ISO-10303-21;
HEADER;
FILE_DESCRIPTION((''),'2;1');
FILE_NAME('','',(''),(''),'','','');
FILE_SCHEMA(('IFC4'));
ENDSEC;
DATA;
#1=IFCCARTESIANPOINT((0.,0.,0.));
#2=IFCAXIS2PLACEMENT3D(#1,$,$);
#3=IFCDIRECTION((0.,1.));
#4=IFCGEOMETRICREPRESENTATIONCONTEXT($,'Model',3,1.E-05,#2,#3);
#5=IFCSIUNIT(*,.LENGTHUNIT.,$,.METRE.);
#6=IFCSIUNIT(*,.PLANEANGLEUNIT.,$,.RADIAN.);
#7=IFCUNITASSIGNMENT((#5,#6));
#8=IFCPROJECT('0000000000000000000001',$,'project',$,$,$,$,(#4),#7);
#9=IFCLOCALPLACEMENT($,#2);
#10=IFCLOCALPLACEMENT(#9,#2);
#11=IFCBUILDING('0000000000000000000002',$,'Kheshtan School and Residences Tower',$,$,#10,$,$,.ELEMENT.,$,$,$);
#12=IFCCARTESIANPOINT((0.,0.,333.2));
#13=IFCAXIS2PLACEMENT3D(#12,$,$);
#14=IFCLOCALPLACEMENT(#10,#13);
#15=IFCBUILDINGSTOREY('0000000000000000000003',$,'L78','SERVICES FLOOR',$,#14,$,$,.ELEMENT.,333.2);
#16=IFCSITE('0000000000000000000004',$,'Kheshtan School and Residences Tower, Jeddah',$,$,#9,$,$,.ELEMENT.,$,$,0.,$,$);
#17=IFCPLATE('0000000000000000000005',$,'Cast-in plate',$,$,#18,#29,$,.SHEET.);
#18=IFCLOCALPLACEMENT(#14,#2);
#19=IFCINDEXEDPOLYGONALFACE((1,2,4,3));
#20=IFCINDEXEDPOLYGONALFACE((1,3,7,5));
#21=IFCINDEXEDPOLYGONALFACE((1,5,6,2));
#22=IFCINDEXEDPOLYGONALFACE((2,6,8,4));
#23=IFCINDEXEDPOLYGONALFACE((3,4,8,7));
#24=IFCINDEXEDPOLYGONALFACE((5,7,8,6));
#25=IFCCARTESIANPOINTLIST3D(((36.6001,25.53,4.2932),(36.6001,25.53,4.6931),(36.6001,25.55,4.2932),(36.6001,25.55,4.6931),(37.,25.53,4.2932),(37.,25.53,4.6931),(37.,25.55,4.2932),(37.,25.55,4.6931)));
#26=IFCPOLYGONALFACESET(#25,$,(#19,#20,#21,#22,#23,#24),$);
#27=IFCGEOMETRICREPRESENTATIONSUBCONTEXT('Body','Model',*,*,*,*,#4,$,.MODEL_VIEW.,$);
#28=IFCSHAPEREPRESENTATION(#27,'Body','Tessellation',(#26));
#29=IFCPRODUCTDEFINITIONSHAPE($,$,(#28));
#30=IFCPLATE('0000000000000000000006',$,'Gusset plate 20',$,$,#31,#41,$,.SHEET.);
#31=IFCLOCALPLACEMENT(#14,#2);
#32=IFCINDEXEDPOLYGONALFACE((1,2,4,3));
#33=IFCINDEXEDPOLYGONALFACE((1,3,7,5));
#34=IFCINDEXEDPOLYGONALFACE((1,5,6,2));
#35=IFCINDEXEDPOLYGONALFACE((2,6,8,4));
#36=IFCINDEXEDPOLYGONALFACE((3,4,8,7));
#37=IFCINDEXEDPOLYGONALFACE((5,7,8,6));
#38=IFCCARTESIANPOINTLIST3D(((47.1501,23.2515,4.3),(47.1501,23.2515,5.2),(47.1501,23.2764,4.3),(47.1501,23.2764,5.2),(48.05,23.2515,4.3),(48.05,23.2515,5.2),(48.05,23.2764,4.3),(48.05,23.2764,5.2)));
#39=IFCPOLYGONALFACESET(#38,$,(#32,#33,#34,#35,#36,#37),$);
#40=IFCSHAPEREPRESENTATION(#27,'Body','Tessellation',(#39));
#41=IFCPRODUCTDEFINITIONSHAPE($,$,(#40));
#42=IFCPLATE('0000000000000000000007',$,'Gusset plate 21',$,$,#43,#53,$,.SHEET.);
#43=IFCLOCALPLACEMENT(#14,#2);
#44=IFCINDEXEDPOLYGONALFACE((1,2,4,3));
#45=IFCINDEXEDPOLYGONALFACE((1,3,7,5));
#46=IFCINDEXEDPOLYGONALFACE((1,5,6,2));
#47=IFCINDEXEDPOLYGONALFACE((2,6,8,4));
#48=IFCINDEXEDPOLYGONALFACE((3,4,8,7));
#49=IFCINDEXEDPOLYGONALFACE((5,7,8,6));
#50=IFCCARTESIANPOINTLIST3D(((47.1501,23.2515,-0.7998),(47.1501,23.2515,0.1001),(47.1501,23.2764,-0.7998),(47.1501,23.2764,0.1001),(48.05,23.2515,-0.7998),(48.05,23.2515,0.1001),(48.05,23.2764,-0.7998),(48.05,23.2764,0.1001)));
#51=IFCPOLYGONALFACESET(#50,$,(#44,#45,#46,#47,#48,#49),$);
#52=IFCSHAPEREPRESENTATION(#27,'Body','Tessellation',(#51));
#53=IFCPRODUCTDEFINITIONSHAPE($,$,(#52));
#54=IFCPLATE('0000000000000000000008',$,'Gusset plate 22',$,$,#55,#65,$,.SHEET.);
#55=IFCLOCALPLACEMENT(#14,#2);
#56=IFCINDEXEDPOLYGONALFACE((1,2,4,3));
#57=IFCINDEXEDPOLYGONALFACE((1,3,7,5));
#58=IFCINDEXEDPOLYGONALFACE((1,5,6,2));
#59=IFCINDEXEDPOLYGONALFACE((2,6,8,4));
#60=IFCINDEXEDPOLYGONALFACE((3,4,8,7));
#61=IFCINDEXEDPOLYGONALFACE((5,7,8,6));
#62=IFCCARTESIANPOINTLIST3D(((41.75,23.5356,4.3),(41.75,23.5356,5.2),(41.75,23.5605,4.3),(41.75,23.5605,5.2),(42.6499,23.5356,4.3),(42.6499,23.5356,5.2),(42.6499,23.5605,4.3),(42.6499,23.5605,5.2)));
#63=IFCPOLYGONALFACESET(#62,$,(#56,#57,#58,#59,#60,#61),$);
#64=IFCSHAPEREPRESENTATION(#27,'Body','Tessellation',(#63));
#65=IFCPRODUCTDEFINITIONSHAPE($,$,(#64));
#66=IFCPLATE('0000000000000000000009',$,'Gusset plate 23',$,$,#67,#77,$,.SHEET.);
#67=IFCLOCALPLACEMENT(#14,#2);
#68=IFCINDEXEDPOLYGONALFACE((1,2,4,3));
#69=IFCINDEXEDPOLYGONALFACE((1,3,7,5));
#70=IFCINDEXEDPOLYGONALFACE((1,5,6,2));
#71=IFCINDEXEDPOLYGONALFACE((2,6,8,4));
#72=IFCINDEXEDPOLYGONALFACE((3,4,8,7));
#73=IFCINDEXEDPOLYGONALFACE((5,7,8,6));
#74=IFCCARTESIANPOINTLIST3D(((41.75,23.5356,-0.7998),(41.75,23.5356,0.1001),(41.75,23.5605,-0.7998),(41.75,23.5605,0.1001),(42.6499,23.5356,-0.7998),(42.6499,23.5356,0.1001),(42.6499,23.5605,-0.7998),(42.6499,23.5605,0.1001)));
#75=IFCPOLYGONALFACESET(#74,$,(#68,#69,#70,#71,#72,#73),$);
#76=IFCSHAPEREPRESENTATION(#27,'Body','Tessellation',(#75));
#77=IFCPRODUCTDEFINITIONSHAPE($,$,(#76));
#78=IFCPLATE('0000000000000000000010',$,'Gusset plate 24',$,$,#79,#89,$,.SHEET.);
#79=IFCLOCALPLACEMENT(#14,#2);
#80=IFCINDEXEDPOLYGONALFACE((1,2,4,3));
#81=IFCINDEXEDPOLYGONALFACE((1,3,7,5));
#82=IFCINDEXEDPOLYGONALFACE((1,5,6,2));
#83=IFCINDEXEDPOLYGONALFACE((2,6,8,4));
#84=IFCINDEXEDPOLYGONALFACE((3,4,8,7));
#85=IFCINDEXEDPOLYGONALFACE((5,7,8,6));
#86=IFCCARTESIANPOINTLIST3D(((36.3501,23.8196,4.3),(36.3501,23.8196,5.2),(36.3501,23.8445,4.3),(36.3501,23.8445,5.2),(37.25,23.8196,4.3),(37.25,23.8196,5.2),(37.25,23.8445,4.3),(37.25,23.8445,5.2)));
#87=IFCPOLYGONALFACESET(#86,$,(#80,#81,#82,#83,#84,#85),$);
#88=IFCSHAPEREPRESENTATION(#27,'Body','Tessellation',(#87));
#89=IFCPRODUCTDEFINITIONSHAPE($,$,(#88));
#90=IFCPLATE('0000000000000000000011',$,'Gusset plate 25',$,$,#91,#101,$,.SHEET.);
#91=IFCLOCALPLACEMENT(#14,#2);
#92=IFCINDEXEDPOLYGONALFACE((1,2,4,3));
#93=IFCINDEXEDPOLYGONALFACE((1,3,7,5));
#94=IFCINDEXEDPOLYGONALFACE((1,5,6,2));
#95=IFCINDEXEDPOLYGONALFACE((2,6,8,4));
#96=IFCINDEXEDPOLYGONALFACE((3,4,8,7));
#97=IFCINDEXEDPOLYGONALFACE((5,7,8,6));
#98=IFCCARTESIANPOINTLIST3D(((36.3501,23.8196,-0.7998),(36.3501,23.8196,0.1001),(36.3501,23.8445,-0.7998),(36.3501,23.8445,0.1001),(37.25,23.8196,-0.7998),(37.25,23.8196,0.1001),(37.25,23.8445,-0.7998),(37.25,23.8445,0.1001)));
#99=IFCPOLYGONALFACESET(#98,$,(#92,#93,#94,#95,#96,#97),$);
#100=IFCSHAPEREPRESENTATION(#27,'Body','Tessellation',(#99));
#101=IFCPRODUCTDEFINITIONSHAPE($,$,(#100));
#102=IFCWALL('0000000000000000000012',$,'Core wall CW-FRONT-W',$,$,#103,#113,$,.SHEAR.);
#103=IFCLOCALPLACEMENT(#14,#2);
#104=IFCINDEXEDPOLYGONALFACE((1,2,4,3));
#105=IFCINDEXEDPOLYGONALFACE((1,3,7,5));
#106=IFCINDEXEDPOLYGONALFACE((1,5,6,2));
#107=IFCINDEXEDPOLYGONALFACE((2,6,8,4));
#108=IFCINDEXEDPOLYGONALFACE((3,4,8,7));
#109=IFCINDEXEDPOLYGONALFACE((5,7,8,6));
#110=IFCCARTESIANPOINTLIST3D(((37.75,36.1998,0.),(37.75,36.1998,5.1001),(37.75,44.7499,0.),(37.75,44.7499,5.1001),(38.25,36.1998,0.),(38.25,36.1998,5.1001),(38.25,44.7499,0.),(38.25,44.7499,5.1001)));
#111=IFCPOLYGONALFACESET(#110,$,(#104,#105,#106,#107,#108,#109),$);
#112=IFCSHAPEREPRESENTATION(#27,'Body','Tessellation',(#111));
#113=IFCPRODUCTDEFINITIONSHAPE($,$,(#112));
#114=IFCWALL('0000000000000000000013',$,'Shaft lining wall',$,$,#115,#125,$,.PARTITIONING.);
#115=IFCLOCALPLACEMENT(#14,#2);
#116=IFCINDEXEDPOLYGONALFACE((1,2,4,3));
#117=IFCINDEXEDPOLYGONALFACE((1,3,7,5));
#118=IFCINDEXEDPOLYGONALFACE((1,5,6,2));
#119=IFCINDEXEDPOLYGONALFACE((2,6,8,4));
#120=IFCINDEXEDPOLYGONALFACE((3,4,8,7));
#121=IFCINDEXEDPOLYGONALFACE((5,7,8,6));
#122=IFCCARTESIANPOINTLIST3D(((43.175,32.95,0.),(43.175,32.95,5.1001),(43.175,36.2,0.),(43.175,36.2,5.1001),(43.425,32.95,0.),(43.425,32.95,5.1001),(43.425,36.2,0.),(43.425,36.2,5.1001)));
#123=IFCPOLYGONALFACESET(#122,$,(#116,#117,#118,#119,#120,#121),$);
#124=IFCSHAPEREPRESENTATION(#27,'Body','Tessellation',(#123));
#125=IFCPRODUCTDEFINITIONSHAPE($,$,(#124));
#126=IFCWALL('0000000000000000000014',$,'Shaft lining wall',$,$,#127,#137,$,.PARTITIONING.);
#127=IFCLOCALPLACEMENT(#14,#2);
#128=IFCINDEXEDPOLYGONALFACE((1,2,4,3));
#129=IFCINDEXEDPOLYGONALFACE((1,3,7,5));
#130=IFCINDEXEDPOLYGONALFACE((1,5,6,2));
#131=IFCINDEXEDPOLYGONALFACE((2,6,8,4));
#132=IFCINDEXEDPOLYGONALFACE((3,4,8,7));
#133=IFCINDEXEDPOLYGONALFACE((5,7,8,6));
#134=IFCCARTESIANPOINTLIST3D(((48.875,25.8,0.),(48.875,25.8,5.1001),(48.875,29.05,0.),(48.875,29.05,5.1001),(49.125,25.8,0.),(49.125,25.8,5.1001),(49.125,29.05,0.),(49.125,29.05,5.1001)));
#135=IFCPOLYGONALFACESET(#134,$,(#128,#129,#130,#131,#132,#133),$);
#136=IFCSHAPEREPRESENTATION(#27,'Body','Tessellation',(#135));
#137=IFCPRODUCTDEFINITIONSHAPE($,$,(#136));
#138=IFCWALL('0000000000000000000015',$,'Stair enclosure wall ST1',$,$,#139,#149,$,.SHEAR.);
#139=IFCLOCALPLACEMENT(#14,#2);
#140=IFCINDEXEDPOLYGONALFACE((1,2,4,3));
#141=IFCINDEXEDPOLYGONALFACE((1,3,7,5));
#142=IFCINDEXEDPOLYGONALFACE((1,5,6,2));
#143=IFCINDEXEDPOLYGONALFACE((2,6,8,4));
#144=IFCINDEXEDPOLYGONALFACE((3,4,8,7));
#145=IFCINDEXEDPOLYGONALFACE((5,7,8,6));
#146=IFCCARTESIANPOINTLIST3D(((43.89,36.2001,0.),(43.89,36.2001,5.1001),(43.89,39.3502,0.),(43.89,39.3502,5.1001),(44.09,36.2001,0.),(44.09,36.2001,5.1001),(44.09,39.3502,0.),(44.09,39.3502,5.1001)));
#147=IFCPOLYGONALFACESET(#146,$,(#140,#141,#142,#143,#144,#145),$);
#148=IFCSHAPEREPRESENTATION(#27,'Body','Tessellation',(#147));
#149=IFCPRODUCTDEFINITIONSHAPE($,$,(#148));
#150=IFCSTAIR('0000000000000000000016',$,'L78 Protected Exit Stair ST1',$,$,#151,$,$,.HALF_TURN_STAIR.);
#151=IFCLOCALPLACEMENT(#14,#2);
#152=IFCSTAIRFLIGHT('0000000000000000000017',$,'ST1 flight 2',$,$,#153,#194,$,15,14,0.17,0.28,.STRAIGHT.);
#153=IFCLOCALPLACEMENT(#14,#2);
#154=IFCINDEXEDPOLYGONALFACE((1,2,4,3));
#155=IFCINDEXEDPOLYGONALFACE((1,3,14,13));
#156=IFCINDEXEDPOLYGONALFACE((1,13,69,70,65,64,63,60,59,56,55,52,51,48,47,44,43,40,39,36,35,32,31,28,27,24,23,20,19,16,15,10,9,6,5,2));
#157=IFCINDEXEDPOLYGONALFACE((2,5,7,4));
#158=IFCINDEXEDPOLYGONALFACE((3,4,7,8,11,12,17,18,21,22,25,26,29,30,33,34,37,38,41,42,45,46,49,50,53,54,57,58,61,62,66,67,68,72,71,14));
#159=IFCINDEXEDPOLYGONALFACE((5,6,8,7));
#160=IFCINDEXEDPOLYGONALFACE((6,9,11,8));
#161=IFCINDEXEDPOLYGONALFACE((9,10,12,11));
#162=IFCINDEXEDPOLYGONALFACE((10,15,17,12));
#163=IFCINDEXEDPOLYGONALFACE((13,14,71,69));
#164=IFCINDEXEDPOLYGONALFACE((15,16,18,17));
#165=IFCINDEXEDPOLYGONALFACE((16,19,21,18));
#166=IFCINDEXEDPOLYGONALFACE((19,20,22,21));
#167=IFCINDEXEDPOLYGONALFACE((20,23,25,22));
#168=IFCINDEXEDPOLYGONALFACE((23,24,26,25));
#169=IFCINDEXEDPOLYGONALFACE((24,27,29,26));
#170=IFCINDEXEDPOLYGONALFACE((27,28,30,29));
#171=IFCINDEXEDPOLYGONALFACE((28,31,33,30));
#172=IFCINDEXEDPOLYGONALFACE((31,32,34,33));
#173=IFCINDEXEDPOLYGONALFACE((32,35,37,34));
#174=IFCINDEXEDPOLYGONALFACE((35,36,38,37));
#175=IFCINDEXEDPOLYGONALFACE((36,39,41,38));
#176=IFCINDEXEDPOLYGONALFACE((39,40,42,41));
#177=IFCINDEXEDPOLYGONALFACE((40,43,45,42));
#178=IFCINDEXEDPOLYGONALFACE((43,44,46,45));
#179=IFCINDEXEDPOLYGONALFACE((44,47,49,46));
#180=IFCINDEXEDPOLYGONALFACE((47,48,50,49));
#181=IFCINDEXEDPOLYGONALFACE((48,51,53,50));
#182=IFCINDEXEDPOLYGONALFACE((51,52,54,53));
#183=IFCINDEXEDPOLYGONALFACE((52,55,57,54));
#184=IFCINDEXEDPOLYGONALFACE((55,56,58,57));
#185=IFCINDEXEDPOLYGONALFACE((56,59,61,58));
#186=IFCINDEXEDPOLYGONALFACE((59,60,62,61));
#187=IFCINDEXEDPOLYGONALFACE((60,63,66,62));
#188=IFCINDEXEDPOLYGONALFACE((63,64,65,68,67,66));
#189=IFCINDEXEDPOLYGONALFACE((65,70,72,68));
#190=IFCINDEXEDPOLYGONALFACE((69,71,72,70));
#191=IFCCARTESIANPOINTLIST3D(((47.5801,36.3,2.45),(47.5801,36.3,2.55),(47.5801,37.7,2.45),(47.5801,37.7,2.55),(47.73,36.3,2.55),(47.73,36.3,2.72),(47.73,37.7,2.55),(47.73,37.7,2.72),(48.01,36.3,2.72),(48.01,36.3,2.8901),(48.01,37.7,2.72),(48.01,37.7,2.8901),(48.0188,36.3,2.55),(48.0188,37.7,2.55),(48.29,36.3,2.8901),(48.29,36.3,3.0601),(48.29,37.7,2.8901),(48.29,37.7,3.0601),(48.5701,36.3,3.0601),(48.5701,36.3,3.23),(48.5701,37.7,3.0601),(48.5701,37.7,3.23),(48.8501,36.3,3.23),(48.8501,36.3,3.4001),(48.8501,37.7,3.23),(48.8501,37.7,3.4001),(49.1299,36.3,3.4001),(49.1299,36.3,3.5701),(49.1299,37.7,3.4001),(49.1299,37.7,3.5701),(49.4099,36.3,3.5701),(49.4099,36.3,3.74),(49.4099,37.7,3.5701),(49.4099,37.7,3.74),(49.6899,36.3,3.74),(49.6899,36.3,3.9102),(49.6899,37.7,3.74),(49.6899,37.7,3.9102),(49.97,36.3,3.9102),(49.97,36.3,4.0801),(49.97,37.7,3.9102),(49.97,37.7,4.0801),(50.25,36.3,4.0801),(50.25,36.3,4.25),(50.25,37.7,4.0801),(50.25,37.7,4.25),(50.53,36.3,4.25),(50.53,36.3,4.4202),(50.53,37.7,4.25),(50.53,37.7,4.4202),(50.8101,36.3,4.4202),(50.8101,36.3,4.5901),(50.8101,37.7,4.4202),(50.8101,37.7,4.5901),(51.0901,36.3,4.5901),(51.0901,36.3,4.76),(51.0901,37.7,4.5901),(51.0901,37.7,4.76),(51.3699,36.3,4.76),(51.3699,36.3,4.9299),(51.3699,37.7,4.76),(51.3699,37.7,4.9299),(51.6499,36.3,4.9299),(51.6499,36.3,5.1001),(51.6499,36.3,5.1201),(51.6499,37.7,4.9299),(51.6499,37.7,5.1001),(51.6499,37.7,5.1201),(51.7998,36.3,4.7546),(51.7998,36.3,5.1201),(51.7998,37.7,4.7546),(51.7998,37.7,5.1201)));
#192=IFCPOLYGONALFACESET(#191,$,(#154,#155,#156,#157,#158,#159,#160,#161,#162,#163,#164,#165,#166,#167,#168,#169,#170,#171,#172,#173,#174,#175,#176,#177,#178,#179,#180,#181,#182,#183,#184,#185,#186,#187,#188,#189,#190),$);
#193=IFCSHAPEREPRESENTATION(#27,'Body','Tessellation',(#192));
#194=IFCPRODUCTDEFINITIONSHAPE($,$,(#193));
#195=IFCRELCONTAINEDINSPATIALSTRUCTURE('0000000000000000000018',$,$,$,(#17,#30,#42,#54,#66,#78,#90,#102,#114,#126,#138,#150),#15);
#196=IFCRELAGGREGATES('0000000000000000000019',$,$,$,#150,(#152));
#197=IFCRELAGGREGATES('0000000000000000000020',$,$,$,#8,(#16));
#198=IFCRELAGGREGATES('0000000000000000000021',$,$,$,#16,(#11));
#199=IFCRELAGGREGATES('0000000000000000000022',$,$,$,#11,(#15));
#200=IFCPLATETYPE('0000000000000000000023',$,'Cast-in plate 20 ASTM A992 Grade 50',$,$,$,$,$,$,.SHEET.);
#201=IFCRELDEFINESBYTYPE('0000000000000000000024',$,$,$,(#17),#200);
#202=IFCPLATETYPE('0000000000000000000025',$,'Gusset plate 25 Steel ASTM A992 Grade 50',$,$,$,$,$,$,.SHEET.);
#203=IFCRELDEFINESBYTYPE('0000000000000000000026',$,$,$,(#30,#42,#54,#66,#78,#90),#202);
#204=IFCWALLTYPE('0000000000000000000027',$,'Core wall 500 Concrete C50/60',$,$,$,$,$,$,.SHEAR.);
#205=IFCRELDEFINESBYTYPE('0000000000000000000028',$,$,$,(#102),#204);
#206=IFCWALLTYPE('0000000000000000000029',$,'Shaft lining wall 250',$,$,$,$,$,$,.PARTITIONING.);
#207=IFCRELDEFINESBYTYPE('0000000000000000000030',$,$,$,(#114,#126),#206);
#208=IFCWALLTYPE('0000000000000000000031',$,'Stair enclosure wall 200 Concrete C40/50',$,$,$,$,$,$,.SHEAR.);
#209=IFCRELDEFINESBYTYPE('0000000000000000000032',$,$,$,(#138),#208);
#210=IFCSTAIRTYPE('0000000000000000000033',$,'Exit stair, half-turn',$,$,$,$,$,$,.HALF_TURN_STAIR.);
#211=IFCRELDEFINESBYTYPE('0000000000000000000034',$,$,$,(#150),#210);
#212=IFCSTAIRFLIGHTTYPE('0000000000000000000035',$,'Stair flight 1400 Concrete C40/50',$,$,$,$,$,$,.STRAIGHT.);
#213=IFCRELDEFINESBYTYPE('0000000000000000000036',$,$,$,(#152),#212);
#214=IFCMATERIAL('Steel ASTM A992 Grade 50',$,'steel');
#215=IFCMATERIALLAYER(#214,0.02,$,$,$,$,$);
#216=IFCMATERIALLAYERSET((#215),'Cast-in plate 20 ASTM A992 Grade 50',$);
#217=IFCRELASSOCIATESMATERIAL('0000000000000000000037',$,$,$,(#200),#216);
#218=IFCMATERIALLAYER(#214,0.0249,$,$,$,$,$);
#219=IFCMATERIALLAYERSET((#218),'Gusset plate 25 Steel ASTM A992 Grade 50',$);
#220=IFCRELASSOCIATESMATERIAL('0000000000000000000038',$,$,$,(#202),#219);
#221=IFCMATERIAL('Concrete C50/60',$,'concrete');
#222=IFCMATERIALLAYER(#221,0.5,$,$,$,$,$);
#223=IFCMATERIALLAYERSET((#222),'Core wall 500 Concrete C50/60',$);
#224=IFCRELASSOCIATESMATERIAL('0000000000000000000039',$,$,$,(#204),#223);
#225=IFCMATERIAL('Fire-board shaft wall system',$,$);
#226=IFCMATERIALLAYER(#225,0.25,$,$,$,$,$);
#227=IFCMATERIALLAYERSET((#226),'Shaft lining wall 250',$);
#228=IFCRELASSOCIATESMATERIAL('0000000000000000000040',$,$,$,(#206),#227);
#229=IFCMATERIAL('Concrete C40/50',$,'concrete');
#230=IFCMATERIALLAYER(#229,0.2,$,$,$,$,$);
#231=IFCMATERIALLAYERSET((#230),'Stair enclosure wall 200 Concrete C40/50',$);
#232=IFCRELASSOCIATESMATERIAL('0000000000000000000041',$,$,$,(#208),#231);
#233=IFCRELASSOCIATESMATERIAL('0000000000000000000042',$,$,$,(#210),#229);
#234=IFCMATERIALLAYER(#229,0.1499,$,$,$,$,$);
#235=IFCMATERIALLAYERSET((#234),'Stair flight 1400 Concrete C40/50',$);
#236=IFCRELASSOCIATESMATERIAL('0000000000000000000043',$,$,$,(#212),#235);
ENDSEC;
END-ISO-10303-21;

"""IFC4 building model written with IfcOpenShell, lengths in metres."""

from ifc_helpers import new_model, si_unit, direction, frame, frame_2d, origin, origin_2d, place, context, subcontext, project, spatial, polyline, rectangle, outline, extrude, material, layer, layer_set, type_object, element, aggregate, save


model = new_model("IFC4")

# Units and contexts
model_context = context("Model", 3, precision=1e-05, world=origin(), true_north=direction((0.0, 1.0)))
body_context = subcontext(model_context, "Body", "Model", "MODEL_VIEW")
ifc_project = project(units=[si_unit("LENGTHUNIT", "METRE"), si_unit("PLANEANGLEUNIT", "RADIAN")], contexts=[model_context])

# Site, building, storey
site_placement = place(None, origin())
site = spatial("IfcSite", under=ifc_project, at=site_placement, Name="Kheshtan School and Residences Tower, Jeddah", CompositionType="ELEMENT", RefElevation=0.0)
building_placement = place(site_placement, origin())
building = spatial("IfcBuilding", under=site, at=building_placement, Name="Kheshtan School and Residences Tower", CompositionType="ELEMENT")
storey_placement = place(building_placement, frame((0.0, 0.0, 333.2)))
storey = spatial("IfcBuildingStorey", under=building, at=storey_placement, Name="L78", Description="SERVICES FLOOR", CompositionType="ELEMENT", Elevation=333.2)

# Shared definitions
ifc_material_1 = material(Name="Steel ASTM A992 Grade 50", Category="steel")

# Plates
ifc_layer_1 = layer(ifc_material_1, 0.02)
ifc_layer_set_1 = layer_set([ifc_layer_1], Name="Cast-in plate 20 ASTM A992 Grade 50")
plate_type_1 = type_object("IfcPlateType", Name="Cast-in plate 20 ASTM A992 Grade 50", PredefinedType="SHEET", material=ifc_layer_set_1)
plate_placement = place(storey_placement, frame((36.8, 25.54, 4.2932), z_axis=(0.0, 0.0, 1.0), x_axis=(1.0, 0.0, 0.0)))
element("IfcPlate", 1, at=plate_placement, inside=storey, type_object=plate_type_1, Name="Cast-in plate", PredefinedType="SHEET", context=body_context, shape_type="SweptSolid", body=[
    extrude(rectangle(XDim=0.3999, YDim=0.02, at=origin_2d()), origin(), (0.0, 0.0, 1.0), 0.3999),
])
ifc_layer_2 = layer(ifc_material_1, 0.0249)
ifc_layer_set_2 = layer_set([ifc_layer_2], Name="Gusset plate 25 Steel ASTM A992 Grade 50")
plate_type_2 = type_object("IfcPlateType", Name="Gusset plate 25 Steel ASTM A992 Grade 50", PredefinedType="SHEET", material=ifc_layer_set_2)
for number, where, z_axis, x_axis, name in (
    (2, (47.6001, 23.2639, 4.3), (0.0, 0.0, 1.0), (1.0, 0.0, 0.0), "Gusset plate 20"),
    (3, (47.6001, 23.2639, -0.7998), (0.0, 0.0, 1.0), (1.0, 0.0, 0.0), "Gusset plate 21"),
    (4, (42.2, 23.5481, 4.3), (0.0, 0.0, 1.0), (1.0, 0.0, 0.0), "Gusset plate 22"),
    (5, (42.2, 23.5481, -0.7998), (0.0, 0.0, 1.0), (1.0, 0.0, 0.0), "Gusset plate 23"),
    (6, (36.8, 23.832, 4.3), (0.0, 0.0, 1.0), (1.0, 0.0, 0.0), "Gusset plate 24"),
    (7, (36.8, 23.832, -0.7998), (0.0, 0.0, 1.0), (1.0, 0.0, 0.0), "Gusset plate 25"),
):
    element("IfcPlate", number, at=place(storey_placement, frame(where, z_axis=z_axis, x_axis=x_axis)), inside=storey, type_object=plate_type_2, Name=name, PredefinedType="SHEET", context=body_context, shape_type="SweptSolid", body=[
        extrude(rectangle(XDim=0.8999, YDim=0.0249, at=origin_2d()), origin(), (0.0, 0.0, 1.0), 0.8999),
    ])

# Walls
ifc_material_2 = material(Name="Concrete C50/60", Category="concrete")
ifc_layer_3 = layer(ifc_material_2, 0.5)
ifc_layer_set_3 = layer_set([ifc_layer_3], Name="Core wall 500 Concrete C50/60")
wall_type_1 = type_object("IfcWallType", Name="Core wall 500 Concrete C50/60", PredefinedType="SHEAR", material=ifc_layer_set_3)
wall_1_placement = place(storey_placement, frame((38.0, 36.2, 0.0), z_axis=(0.0, 0.0, 1.0), x_axis=(0.0, 1.0, 0.0)))
element("IfcWall", 8, at=wall_1_placement, inside=storey, type_object=wall_type_1, Name="Core wall CW-FRONT-W", PredefinedType="SHEAR", context=body_context, shape_type="SweptSolid", body=[
    extrude(rectangle(XDim=8.55, YDim=0.5, at=frame_2d((4.2749, 0.0))), origin(), (0.0, 0.0, 1.0), 5.1001),
])
ifc_material_3 = material(Name="Fire-board shaft wall system")
ifc_layer_4 = layer(ifc_material_3, 0.25)
ifc_layer_set_4 = layer_set([ifc_layer_4], Name="Shaft lining wall 250")
wall_type_2 = type_object("IfcWallType", Name="Shaft lining wall 250", PredefinedType="PARTITIONING", material=ifc_layer_set_4)
for number, where, z_axis, x_axis, name in (
    (9, (43.3, 32.95, 0.0), (0.0, 0.0, 1.0), (0.0, 1.0, 0.0), "Shaft lining wall"),
    (10, (49.0, 25.8, 0.0), (0.0, 0.0, 1.0), (0.0, 1.0, 0.0), "Shaft lining wall"),
):
    element("IfcWall", number, at=place(storey_placement, frame(where, z_axis=z_axis, x_axis=x_axis)), inside=storey, type_object=wall_type_2, Name=name, PredefinedType="PARTITIONING", context=body_context, shape_type="SweptSolid", body=[
        extrude(rectangle(XDim=3.25, YDim=0.25, at=frame_2d((1.625, 0.0))), origin(), (0.0, 0.0, 1.0), 5.1001),
    ])
ifc_material_4 = material(Name="Concrete C40/50", Category="concrete")
ifc_layer_5 = layer(ifc_material_4, 0.2)
ifc_layer_set_5 = layer_set([ifc_layer_5], Name="Stair enclosure wall 200 Concrete C40/50")
wall_type_3 = type_object("IfcWallType", Name="Stair enclosure wall 200 Concrete C40/50", PredefinedType="SHEAR", material=ifc_layer_set_5)
wall_2_placement = place(storey_placement, frame((43.99, 36.2, 0.0), z_axis=(0.0, 0.0, 1.0), x_axis=(0.0, 1.0, 0.0)))
element("IfcWall", 11, at=wall_2_placement, inside=storey, type_object=wall_type_3, Name="Stair enclosure wall ST1", PredefinedType="SHEAR", context=body_context, shape_type="SweptSolid", body=[
    extrude(rectangle(XDim=3.1501, YDim=0.2, at=frame_2d((1.5752, 0.0))), origin(), (0.0, 0.0, 1.0), 5.1001),
])

# Stair, stair flight
stair_type = type_object("IfcStairType", Name="Exit stair, half-turn", PredefinedType="HALF_TURN_STAIR", material=ifc_material_4)
stair_placement = place(storey_placement, origin())
stair = element("IfcStair", 12, at=stair_placement, inside=storey, type_object=stair_type, Name="L78 Protected Exit Stair ST1", PredefinedType="HALF_TURN_STAIR")
ifc_layer_6 = layer(ifc_material_4, 0.1499)
ifc_layer_set_6 = layer_set([ifc_layer_6], Name="Stair flight 1400 Concrete C40/50")
stair_flight_type = type_object("IfcStairFlightType", Name="Stair flight 1400 Concrete C40/50", PredefinedType="STRAIGHT", material=ifc_layer_set_6)
stair_flight_placement = place(storey_placement, frame((47.73, 37.0, 2.55), z_axis=(0.0, 0.0, 1.0), x_axis=(1.0, 0.0, 0.0)))
stair_flight = element("IfcStairFlight", 13, at=stair_flight_placement, type_object=stair_flight_type, Name="ST1 flight 2", NumberOfRisers=15, NumberOfTreads=14, PredefinedType="STRAIGHT", RiserHeight=0.17, TreadLength=0.28, context=body_context, shape_type="SweptSolid", body=[
    extrude(outline(polyline([(-0.1499, -0.1001), (-0.1499, 0.0), (0.0, 0.0), (0.0, 0.1699), (0.28, 0.1699), (0.28, 0.3401), (0.5601, 0.3401), (0.5601, 0.51), (0.8401, 0.51), (0.8401, 0.6799), (1.1201, 0.6799), (1.1201, 0.8501), (1.3999, 0.8501), (1.3999, 1.02), (1.6799, 1.02), (1.6799, 1.1899), (1.96, 1.1899), (1.96, 1.3601), (2.24, 1.3601), (2.24, 1.53), (2.52, 1.53), (2.52, 1.7), (2.8, 1.7), (2.8, 1.8701), (3.0801, 1.8701), (3.0801, 2.04), (3.3601, 2.04), (3.3601, 2.21), (3.6399, 2.21), (3.6399, 2.3799), (3.9199, 2.3799), (3.9199, 2.55), (3.9199, 2.5701), (4.0698, 2.5701), (4.0698, 2.2046), (0.2888, 0.0), (-0.1499, -0.1001)])), frame((0.0, 0.7, 0.0), z_axis=(0.0, -1.0, 0.0), x_axis=(1.0, 0.0, 0.0)), (0.0, 0.0, 1.0), 1.3999),
])
aggregate(stair, [stair_flight])

save(model, "model.ifc")
